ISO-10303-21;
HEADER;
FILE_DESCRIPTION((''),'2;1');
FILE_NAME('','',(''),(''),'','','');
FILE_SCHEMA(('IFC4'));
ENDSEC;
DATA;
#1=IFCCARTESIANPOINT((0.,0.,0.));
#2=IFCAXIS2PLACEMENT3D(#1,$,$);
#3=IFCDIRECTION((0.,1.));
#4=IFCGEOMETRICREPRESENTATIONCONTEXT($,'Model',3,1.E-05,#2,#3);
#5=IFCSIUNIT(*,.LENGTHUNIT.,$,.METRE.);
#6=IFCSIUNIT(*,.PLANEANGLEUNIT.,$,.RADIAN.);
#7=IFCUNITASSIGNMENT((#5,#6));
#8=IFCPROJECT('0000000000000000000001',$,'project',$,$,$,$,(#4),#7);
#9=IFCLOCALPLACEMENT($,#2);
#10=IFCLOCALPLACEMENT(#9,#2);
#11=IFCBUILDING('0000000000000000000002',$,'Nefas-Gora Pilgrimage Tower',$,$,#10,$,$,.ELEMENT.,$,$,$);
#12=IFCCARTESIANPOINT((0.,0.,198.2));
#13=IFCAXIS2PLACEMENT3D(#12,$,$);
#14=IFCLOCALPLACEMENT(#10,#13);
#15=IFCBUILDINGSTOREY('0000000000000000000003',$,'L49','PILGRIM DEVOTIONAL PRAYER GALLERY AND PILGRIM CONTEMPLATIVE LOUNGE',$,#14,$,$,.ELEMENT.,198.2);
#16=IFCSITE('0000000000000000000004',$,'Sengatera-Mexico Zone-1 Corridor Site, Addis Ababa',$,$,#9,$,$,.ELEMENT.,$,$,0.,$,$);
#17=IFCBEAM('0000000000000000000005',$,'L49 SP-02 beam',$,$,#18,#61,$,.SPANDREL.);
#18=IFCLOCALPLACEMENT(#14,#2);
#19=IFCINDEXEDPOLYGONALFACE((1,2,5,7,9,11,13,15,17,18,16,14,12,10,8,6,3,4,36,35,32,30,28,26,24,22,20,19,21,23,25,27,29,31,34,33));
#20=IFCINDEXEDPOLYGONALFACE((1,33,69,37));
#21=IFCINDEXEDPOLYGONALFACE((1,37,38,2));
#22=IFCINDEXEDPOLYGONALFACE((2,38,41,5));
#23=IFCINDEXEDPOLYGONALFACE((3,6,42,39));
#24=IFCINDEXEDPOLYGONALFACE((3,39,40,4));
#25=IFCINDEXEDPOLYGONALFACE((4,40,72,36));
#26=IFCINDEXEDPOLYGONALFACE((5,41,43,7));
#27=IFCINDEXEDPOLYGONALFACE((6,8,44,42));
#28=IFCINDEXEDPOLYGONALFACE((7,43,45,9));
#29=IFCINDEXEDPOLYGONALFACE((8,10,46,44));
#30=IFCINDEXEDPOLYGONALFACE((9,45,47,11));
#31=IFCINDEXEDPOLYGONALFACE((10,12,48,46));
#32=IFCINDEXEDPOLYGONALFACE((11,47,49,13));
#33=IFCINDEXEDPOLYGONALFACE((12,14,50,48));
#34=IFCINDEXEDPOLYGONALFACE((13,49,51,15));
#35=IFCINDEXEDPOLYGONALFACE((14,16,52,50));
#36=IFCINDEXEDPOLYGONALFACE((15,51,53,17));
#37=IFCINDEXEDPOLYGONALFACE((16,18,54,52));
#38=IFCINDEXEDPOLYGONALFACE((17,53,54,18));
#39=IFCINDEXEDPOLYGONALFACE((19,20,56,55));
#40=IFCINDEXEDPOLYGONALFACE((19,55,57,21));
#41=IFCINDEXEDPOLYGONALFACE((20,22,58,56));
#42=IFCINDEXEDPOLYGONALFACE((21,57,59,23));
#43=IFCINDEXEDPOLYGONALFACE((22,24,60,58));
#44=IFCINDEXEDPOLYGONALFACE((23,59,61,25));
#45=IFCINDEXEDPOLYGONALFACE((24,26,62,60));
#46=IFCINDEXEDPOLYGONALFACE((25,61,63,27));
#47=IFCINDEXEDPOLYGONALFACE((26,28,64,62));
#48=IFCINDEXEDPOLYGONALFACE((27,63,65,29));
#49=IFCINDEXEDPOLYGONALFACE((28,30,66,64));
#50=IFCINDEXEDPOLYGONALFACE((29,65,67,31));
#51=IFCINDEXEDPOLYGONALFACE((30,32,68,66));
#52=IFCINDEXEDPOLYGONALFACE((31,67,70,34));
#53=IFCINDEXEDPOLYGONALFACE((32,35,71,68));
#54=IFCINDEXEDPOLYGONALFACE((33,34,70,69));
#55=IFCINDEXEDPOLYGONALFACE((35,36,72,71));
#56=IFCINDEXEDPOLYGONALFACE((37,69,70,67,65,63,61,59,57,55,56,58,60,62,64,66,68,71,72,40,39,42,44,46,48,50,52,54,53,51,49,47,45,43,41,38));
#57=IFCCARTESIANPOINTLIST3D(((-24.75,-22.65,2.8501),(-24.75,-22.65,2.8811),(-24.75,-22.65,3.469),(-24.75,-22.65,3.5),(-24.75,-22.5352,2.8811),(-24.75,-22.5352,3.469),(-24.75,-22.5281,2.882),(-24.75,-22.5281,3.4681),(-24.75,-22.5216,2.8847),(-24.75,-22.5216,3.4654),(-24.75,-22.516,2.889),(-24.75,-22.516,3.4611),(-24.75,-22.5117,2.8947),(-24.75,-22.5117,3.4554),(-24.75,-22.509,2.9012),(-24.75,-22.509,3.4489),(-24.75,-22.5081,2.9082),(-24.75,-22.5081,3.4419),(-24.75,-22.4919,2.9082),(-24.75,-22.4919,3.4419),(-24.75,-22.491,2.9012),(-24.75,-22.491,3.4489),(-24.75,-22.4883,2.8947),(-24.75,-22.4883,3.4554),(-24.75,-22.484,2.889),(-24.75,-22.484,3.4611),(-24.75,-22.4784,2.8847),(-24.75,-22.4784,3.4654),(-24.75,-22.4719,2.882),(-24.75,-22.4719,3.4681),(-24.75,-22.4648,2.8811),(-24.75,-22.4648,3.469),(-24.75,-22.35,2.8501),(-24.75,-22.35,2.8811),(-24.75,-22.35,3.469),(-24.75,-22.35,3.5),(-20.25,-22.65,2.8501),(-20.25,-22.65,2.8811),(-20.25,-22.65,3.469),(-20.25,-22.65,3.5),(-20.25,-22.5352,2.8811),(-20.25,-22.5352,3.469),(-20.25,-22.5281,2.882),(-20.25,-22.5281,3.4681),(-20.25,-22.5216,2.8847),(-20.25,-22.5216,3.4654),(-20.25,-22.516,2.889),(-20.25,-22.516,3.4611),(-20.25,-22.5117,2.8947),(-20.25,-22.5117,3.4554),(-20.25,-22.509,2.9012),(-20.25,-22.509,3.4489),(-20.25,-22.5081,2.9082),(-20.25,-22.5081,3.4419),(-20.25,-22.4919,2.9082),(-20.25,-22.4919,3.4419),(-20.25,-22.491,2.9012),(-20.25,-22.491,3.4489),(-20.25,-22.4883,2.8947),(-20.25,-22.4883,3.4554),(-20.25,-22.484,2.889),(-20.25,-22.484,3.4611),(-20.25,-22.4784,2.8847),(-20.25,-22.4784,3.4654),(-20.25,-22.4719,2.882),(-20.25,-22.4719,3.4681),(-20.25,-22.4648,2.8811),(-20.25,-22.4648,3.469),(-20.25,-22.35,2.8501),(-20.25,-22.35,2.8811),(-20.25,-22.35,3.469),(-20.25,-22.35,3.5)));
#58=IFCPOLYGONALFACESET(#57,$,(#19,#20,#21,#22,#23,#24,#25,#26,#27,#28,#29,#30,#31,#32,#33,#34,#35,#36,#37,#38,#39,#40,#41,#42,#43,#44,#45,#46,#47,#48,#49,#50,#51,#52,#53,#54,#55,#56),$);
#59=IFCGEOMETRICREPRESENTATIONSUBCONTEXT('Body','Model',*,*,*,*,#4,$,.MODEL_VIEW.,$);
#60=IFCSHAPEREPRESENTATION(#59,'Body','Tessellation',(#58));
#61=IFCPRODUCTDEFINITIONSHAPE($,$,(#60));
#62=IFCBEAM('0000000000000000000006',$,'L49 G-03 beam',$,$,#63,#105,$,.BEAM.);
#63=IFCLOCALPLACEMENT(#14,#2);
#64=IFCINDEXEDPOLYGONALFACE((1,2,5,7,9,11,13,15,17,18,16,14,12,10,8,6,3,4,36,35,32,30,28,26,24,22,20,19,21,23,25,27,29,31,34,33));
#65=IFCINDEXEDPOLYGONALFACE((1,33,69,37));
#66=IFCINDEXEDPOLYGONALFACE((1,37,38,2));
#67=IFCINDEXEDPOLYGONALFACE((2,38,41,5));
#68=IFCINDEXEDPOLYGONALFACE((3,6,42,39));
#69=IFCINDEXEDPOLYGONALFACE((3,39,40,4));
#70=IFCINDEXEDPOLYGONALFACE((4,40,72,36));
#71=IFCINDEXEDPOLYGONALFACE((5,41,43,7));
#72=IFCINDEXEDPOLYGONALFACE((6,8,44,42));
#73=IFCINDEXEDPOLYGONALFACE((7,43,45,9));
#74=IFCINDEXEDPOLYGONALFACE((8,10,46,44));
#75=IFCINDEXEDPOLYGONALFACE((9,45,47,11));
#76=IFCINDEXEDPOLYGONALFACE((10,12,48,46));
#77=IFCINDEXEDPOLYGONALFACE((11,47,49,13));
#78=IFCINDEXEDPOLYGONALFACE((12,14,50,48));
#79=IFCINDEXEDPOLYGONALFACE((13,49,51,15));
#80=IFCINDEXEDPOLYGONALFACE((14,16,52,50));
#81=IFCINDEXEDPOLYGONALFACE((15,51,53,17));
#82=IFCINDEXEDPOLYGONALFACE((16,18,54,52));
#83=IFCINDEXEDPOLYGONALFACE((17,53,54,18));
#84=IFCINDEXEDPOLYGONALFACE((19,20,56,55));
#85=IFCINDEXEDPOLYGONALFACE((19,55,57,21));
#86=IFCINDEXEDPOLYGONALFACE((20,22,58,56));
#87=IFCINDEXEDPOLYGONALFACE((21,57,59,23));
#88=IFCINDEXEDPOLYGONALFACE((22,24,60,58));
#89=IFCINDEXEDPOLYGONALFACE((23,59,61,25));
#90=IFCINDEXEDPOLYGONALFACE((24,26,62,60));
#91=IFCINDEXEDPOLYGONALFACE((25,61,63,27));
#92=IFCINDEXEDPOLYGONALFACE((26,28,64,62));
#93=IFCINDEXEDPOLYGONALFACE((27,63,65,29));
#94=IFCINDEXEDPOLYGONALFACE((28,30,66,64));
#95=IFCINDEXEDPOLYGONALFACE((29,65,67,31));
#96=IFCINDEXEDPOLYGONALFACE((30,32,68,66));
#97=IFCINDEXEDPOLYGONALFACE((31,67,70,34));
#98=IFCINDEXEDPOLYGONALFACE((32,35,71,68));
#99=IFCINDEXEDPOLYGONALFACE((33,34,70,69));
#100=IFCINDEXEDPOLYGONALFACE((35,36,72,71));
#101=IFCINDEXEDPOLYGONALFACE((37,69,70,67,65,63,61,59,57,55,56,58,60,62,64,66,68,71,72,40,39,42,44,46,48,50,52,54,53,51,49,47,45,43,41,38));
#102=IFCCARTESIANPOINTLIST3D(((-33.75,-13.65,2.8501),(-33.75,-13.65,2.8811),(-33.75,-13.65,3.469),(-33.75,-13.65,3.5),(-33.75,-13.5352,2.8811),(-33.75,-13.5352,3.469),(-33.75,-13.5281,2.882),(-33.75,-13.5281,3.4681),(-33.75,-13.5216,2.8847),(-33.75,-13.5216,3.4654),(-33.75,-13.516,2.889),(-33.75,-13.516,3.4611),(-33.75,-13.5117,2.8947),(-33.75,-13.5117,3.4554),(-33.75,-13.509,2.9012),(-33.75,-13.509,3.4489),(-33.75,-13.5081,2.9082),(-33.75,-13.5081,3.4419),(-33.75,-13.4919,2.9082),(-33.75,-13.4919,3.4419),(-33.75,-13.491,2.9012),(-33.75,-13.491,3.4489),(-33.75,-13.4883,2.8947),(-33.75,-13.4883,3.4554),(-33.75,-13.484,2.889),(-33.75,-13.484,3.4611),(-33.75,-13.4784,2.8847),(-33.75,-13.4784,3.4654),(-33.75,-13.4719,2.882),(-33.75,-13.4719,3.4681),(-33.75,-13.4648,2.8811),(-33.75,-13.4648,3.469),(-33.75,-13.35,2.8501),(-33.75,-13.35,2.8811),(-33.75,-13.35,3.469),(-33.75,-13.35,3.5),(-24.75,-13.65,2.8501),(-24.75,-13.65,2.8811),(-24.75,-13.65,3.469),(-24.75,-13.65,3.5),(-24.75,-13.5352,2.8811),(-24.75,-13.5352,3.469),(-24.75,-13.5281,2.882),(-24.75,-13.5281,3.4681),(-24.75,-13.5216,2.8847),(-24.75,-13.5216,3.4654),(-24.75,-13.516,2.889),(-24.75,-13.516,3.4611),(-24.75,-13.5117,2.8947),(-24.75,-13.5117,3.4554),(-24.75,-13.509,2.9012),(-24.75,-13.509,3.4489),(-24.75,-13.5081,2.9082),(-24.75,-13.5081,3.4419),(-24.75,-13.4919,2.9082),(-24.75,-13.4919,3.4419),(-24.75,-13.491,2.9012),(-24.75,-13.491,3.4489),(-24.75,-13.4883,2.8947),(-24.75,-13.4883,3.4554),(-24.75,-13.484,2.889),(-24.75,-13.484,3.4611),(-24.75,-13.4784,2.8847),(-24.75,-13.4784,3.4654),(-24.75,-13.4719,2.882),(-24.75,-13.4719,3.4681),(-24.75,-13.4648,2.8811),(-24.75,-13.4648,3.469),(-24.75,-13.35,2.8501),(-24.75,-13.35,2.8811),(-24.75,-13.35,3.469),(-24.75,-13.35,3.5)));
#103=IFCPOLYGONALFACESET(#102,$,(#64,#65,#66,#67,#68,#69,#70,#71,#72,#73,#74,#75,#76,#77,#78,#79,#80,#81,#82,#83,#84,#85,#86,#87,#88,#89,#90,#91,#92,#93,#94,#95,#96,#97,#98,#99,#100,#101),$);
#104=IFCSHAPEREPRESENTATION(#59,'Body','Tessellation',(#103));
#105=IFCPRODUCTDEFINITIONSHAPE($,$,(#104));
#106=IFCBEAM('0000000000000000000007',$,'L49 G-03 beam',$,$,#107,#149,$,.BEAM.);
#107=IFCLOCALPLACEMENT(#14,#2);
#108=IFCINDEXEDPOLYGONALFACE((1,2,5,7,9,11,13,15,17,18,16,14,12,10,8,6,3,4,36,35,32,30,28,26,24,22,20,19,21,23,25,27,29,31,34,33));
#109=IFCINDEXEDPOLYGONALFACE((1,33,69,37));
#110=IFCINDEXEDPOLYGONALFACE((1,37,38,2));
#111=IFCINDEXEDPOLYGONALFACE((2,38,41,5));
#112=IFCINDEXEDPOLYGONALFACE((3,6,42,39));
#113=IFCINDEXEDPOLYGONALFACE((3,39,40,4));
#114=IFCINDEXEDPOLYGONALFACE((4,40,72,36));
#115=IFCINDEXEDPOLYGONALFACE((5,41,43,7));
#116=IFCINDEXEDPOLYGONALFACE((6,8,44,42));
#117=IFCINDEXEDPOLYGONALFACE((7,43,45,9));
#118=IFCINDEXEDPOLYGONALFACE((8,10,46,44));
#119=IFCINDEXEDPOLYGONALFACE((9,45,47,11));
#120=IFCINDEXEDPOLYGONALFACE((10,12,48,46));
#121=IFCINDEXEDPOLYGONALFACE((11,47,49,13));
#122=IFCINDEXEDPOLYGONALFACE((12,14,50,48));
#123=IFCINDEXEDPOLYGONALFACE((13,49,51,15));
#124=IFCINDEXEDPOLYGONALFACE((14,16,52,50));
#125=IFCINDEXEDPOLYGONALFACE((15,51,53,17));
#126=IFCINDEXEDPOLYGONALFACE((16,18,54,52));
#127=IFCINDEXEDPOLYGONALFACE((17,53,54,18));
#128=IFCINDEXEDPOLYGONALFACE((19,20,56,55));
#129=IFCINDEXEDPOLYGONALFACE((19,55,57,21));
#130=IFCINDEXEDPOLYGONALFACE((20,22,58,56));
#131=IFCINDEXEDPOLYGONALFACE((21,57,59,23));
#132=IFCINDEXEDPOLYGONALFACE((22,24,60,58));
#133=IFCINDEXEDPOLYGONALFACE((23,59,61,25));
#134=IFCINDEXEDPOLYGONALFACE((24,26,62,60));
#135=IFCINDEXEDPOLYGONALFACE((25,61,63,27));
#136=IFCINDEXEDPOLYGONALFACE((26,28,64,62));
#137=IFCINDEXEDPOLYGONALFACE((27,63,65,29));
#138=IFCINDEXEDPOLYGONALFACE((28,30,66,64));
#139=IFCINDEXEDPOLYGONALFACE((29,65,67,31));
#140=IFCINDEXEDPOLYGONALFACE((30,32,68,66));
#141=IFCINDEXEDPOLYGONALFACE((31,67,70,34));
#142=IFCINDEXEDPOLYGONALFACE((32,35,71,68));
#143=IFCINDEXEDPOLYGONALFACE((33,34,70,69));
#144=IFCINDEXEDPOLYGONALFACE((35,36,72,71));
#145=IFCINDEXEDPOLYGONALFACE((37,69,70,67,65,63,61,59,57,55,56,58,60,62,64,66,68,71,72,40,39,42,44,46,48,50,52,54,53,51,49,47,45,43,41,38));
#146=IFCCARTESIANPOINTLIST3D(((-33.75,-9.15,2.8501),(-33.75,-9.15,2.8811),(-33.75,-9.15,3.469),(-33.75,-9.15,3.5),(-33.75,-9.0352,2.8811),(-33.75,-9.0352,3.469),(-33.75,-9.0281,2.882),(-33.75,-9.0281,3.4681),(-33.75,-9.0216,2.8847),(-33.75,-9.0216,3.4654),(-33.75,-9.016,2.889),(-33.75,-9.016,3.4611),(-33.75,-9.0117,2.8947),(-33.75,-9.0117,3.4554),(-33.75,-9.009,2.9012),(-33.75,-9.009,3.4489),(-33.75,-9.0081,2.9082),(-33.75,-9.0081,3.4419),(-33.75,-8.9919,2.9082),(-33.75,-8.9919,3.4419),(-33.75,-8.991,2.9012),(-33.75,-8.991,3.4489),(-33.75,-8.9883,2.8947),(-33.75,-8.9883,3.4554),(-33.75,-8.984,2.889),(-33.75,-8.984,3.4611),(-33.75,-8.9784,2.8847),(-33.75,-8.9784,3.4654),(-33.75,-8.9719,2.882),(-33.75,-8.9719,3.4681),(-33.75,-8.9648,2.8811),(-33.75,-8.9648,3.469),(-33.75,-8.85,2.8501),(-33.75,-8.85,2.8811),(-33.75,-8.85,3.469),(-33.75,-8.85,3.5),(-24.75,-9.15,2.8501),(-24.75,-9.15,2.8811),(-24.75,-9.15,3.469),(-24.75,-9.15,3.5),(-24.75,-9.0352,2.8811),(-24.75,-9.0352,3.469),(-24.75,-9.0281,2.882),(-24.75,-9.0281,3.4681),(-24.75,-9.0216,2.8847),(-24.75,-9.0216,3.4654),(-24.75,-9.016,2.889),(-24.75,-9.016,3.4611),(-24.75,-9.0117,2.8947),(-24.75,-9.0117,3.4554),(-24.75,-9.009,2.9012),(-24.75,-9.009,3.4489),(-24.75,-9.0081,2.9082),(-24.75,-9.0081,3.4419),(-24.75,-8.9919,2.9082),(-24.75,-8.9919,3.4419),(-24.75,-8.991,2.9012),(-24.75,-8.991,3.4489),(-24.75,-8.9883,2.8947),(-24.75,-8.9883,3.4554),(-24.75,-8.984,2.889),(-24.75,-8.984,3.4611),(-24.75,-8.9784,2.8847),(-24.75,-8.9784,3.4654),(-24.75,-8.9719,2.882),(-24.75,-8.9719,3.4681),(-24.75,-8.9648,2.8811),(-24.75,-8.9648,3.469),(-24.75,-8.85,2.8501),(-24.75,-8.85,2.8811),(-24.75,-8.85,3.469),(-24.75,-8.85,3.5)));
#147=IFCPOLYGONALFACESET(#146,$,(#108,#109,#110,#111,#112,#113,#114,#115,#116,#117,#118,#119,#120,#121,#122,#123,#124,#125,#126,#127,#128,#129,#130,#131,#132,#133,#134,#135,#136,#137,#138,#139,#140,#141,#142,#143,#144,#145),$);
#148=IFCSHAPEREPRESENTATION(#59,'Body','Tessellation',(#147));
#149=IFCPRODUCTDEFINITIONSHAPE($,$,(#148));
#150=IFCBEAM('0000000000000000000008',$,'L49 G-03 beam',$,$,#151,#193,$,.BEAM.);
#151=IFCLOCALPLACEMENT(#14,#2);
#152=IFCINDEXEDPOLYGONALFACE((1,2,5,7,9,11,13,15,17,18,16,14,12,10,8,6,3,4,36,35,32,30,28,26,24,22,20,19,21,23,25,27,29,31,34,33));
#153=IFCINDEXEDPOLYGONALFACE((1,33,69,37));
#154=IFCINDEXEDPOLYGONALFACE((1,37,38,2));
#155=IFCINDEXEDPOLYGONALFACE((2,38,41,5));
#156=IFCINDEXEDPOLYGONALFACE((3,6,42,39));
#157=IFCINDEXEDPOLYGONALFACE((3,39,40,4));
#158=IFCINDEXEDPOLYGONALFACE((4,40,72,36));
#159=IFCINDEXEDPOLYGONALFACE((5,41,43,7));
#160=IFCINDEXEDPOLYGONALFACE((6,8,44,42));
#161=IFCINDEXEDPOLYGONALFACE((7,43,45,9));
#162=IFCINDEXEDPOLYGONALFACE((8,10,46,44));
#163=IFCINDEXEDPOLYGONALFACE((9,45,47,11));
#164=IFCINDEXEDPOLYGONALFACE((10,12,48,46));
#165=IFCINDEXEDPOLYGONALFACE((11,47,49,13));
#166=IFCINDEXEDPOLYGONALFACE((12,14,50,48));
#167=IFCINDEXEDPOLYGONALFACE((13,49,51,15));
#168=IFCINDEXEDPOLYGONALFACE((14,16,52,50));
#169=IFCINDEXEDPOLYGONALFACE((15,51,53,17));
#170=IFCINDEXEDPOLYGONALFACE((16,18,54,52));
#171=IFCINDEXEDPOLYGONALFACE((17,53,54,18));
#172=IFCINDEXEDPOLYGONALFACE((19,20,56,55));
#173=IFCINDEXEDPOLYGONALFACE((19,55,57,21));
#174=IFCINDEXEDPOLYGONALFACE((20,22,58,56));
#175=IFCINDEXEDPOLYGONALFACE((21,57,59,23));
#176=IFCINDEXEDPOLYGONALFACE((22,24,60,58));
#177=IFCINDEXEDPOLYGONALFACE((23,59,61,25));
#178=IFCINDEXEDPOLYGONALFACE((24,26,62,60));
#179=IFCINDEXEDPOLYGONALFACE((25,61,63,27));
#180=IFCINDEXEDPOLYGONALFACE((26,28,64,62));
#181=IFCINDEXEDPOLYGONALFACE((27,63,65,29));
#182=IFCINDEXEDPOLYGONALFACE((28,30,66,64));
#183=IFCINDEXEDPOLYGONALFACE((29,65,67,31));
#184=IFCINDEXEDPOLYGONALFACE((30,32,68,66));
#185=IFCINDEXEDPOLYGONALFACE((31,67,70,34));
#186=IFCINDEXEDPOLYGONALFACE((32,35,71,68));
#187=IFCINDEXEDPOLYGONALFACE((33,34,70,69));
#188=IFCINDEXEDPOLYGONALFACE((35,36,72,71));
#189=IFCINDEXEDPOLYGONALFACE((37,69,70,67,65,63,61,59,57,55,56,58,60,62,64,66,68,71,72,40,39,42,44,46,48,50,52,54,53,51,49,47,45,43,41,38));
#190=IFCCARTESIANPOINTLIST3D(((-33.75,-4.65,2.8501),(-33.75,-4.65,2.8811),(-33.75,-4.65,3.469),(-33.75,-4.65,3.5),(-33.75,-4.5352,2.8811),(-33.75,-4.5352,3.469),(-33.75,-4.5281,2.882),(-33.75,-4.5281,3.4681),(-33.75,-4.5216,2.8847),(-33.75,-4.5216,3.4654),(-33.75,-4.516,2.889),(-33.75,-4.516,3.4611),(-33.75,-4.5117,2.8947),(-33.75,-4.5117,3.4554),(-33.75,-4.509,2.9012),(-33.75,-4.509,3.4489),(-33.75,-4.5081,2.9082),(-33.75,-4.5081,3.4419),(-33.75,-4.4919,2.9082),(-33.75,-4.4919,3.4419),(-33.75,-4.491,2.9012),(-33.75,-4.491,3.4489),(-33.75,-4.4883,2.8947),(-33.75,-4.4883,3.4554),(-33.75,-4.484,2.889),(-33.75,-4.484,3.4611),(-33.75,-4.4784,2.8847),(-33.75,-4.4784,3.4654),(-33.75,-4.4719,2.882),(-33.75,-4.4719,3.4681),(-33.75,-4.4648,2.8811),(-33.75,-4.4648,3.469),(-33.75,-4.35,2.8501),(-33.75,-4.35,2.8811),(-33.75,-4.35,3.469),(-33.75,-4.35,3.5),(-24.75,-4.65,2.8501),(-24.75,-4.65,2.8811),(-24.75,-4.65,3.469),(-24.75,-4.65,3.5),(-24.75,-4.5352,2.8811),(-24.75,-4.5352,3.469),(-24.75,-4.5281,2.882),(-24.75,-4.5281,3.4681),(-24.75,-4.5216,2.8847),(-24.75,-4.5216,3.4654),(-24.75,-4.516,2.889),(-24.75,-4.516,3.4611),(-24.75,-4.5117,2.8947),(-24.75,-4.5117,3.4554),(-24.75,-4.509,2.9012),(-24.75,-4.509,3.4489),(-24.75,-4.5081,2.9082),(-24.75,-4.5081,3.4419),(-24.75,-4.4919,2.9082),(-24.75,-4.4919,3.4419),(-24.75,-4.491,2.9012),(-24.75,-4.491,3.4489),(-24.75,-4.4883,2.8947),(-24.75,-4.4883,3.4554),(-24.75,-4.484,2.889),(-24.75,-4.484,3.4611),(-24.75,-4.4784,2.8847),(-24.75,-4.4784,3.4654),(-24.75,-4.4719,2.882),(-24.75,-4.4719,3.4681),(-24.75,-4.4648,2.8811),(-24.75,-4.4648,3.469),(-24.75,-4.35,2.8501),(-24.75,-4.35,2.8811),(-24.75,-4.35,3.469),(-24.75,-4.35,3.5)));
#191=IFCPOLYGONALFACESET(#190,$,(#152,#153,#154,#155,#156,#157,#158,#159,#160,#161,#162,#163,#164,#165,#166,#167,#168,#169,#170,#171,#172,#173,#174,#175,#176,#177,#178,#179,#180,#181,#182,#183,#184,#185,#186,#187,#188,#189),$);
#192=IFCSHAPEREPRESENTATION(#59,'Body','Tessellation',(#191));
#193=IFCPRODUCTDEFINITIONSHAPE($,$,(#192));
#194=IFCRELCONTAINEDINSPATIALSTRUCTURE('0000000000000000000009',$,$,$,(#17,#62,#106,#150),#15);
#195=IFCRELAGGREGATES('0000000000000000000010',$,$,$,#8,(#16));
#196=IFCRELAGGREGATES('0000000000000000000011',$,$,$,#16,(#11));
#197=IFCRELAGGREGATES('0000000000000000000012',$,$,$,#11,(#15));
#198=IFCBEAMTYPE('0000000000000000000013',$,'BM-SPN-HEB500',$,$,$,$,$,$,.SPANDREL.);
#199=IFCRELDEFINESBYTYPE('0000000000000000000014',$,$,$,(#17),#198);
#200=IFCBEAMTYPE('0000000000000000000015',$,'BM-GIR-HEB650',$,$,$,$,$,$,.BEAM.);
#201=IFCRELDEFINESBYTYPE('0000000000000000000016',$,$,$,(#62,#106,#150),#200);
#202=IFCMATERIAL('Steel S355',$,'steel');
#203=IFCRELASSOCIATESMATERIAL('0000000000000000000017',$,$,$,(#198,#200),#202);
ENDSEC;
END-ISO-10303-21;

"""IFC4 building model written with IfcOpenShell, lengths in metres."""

from ifc_helpers import new_model, si_unit, direction, frame, origin, origin_2d, place, context, subcontext, project, spatial, i_section, extrude, source, transform, mapped, material, material_profile, profile_set, type_object, element, save


model = new_model("IFC4")

# Units and contexts
model_context = context("Model", 3, precision=1e-05, world=origin(), true_north=direction((0.0, 1.0)))
body_context = subcontext(model_context, "Body", "Model", "MODEL_VIEW")
ifc_project = project(units=[si_unit("LENGTHUNIT", "METRE"), si_unit("PLANEANGLEUNIT", "RADIAN")], contexts=[model_context])

# Site, building, storey
site_placement = place(None, origin())
site = spatial("IfcSite", under=ifc_project, at=site_placement, Name="Sengatera-Mexico Zone-1 Corridor Site, Addis Ababa", CompositionType="ELEMENT", RefElevation=0.0)
building_placement = place(site_placement, origin())
building = spatial("IfcBuilding", under=site, at=building_placement, Name="Nefas-Gora Pilgrimage Tower", CompositionType="ELEMENT")
storey_placement = place(building_placement, frame((0.0, 0.0, 198.2)))
storey = spatial("IfcBuildingStorey", under=building, at=storey_placement, Name="L49", Description="PILGRIM DEVOTIONAL PRAYER GALLERY AND PILGRIM CONTEMPLATIVE LOUNGE", CompositionType="ELEMENT", Elevation=198.2)

# Beams
ifc_material_1 = material(Name="Steel S355", Category="steel")
ifc_material_profile_1 = material_profile(ifc_material_1, i_section(OverallWidth=0.3, OverallDepth=0.6499, WebThickness=0.0161, FlangeThickness=0.031, FilletRadius=0.0271, at=origin_2d()), Name="HEB 650")
ifc_profile_set_1 = profile_set([ifc_material_profile_1], Name="Steel S355")
beam_type_1 = type_object("IfcBeamType", Name="BM-SPN-HEB500", PredefinedType="SPANDREL", material=ifc_profile_set_1)
shared_shape_1 = source(origin(), body_context, "Body", "SweptSolid", [
    extrude(i_section(OverallWidth=0.3, OverallDepth=0.6499, WebThickness=0.0161, FlangeThickness=0.031, FilletRadius=0.0271, at=origin_2d()), origin(), (0.0, 0.0, 1.0), 4.5),
])
for number, where, z_axis, x_axis, name in (
    (1, (-24.75, -22.5, 3.175), (1.0, 0.0, 0.0), (0.0, 1.0, 0.0), "L49 SP-02 beam"),
):
    element("IfcBeam", number, at=place(storey_placement, frame(where, z_axis=z_axis, x_axis=x_axis)), inside=storey, type_object=beam_type_1, Name=name, PredefinedType="SPANDREL", context=body_context, shape_type="MappedRepresentation", body=[
        mapped(shared_shape_1, transform((0.0, 0.0, 0.0), x_axis=(1.0, 0.0, 0.0), y_axis=(0.0, 1.0, 0.0), z_axis=(0.0, 0.0, 1.0), scale=1.0)),
    ])
ifc_material_profile_2 = material_profile(ifc_material_1, i_section(OverallWidth=0.3, OverallDepth=0.6499, WebThickness=0.0161, FlangeThickness=0.031, FilletRadius=0.0271, at=origin_2d()), Name="HEB 650")
ifc_profile_set_2 = profile_set([ifc_material_profile_2], Name="Steel S355")
beam_type_2 = type_object("IfcBeamType", Name="BM-GIR-HEB650", PredefinedType="BEAM", material=ifc_profile_set_2)
shared_shape_2 = source(origin(), body_context, "Body", "SweptSolid", [
    extrude(i_section(OverallWidth=0.3, OverallDepth=0.6499, WebThickness=0.0161, FlangeThickness=0.031, FilletRadius=0.0271, at=origin_2d()), origin(), (0.0, 0.0, 1.0), 9.0),
])
for number, where, z_axis, x_axis, name in (
    (2, (-33.75, -13.5, 3.175), (1.0, 0.0, 0.0), (0.0, 1.0, 0.0), "L49 G-03 beam"),
    (3, (-33.75, -9.0, 3.175), (1.0, 0.0, 0.0), (0.0, 1.0, 0.0), "L49 G-03 beam"),
    (4, (-33.75, -4.5, 3.175), (1.0, 0.0, 0.0), (0.0, 1.0, 0.0), "L49 G-03 beam"),
):
    element("IfcBeam", number, at=place(storey_placement, frame(where, z_axis=z_axis, x_axis=x_axis)), inside=storey, type_object=beam_type_2, Name=name, PredefinedType="BEAM", context=body_context, shape_type="MappedRepresentation", body=[
        mapped(shared_shape_2, transform((0.0, 0.0, 0.0), x_axis=(1.0, 0.0, 0.0), y_axis=(0.0, 1.0, 0.0), z_axis=(0.0, 0.0, 1.0), scale=1.0)),
    ])

save(model, "model.ifc")
